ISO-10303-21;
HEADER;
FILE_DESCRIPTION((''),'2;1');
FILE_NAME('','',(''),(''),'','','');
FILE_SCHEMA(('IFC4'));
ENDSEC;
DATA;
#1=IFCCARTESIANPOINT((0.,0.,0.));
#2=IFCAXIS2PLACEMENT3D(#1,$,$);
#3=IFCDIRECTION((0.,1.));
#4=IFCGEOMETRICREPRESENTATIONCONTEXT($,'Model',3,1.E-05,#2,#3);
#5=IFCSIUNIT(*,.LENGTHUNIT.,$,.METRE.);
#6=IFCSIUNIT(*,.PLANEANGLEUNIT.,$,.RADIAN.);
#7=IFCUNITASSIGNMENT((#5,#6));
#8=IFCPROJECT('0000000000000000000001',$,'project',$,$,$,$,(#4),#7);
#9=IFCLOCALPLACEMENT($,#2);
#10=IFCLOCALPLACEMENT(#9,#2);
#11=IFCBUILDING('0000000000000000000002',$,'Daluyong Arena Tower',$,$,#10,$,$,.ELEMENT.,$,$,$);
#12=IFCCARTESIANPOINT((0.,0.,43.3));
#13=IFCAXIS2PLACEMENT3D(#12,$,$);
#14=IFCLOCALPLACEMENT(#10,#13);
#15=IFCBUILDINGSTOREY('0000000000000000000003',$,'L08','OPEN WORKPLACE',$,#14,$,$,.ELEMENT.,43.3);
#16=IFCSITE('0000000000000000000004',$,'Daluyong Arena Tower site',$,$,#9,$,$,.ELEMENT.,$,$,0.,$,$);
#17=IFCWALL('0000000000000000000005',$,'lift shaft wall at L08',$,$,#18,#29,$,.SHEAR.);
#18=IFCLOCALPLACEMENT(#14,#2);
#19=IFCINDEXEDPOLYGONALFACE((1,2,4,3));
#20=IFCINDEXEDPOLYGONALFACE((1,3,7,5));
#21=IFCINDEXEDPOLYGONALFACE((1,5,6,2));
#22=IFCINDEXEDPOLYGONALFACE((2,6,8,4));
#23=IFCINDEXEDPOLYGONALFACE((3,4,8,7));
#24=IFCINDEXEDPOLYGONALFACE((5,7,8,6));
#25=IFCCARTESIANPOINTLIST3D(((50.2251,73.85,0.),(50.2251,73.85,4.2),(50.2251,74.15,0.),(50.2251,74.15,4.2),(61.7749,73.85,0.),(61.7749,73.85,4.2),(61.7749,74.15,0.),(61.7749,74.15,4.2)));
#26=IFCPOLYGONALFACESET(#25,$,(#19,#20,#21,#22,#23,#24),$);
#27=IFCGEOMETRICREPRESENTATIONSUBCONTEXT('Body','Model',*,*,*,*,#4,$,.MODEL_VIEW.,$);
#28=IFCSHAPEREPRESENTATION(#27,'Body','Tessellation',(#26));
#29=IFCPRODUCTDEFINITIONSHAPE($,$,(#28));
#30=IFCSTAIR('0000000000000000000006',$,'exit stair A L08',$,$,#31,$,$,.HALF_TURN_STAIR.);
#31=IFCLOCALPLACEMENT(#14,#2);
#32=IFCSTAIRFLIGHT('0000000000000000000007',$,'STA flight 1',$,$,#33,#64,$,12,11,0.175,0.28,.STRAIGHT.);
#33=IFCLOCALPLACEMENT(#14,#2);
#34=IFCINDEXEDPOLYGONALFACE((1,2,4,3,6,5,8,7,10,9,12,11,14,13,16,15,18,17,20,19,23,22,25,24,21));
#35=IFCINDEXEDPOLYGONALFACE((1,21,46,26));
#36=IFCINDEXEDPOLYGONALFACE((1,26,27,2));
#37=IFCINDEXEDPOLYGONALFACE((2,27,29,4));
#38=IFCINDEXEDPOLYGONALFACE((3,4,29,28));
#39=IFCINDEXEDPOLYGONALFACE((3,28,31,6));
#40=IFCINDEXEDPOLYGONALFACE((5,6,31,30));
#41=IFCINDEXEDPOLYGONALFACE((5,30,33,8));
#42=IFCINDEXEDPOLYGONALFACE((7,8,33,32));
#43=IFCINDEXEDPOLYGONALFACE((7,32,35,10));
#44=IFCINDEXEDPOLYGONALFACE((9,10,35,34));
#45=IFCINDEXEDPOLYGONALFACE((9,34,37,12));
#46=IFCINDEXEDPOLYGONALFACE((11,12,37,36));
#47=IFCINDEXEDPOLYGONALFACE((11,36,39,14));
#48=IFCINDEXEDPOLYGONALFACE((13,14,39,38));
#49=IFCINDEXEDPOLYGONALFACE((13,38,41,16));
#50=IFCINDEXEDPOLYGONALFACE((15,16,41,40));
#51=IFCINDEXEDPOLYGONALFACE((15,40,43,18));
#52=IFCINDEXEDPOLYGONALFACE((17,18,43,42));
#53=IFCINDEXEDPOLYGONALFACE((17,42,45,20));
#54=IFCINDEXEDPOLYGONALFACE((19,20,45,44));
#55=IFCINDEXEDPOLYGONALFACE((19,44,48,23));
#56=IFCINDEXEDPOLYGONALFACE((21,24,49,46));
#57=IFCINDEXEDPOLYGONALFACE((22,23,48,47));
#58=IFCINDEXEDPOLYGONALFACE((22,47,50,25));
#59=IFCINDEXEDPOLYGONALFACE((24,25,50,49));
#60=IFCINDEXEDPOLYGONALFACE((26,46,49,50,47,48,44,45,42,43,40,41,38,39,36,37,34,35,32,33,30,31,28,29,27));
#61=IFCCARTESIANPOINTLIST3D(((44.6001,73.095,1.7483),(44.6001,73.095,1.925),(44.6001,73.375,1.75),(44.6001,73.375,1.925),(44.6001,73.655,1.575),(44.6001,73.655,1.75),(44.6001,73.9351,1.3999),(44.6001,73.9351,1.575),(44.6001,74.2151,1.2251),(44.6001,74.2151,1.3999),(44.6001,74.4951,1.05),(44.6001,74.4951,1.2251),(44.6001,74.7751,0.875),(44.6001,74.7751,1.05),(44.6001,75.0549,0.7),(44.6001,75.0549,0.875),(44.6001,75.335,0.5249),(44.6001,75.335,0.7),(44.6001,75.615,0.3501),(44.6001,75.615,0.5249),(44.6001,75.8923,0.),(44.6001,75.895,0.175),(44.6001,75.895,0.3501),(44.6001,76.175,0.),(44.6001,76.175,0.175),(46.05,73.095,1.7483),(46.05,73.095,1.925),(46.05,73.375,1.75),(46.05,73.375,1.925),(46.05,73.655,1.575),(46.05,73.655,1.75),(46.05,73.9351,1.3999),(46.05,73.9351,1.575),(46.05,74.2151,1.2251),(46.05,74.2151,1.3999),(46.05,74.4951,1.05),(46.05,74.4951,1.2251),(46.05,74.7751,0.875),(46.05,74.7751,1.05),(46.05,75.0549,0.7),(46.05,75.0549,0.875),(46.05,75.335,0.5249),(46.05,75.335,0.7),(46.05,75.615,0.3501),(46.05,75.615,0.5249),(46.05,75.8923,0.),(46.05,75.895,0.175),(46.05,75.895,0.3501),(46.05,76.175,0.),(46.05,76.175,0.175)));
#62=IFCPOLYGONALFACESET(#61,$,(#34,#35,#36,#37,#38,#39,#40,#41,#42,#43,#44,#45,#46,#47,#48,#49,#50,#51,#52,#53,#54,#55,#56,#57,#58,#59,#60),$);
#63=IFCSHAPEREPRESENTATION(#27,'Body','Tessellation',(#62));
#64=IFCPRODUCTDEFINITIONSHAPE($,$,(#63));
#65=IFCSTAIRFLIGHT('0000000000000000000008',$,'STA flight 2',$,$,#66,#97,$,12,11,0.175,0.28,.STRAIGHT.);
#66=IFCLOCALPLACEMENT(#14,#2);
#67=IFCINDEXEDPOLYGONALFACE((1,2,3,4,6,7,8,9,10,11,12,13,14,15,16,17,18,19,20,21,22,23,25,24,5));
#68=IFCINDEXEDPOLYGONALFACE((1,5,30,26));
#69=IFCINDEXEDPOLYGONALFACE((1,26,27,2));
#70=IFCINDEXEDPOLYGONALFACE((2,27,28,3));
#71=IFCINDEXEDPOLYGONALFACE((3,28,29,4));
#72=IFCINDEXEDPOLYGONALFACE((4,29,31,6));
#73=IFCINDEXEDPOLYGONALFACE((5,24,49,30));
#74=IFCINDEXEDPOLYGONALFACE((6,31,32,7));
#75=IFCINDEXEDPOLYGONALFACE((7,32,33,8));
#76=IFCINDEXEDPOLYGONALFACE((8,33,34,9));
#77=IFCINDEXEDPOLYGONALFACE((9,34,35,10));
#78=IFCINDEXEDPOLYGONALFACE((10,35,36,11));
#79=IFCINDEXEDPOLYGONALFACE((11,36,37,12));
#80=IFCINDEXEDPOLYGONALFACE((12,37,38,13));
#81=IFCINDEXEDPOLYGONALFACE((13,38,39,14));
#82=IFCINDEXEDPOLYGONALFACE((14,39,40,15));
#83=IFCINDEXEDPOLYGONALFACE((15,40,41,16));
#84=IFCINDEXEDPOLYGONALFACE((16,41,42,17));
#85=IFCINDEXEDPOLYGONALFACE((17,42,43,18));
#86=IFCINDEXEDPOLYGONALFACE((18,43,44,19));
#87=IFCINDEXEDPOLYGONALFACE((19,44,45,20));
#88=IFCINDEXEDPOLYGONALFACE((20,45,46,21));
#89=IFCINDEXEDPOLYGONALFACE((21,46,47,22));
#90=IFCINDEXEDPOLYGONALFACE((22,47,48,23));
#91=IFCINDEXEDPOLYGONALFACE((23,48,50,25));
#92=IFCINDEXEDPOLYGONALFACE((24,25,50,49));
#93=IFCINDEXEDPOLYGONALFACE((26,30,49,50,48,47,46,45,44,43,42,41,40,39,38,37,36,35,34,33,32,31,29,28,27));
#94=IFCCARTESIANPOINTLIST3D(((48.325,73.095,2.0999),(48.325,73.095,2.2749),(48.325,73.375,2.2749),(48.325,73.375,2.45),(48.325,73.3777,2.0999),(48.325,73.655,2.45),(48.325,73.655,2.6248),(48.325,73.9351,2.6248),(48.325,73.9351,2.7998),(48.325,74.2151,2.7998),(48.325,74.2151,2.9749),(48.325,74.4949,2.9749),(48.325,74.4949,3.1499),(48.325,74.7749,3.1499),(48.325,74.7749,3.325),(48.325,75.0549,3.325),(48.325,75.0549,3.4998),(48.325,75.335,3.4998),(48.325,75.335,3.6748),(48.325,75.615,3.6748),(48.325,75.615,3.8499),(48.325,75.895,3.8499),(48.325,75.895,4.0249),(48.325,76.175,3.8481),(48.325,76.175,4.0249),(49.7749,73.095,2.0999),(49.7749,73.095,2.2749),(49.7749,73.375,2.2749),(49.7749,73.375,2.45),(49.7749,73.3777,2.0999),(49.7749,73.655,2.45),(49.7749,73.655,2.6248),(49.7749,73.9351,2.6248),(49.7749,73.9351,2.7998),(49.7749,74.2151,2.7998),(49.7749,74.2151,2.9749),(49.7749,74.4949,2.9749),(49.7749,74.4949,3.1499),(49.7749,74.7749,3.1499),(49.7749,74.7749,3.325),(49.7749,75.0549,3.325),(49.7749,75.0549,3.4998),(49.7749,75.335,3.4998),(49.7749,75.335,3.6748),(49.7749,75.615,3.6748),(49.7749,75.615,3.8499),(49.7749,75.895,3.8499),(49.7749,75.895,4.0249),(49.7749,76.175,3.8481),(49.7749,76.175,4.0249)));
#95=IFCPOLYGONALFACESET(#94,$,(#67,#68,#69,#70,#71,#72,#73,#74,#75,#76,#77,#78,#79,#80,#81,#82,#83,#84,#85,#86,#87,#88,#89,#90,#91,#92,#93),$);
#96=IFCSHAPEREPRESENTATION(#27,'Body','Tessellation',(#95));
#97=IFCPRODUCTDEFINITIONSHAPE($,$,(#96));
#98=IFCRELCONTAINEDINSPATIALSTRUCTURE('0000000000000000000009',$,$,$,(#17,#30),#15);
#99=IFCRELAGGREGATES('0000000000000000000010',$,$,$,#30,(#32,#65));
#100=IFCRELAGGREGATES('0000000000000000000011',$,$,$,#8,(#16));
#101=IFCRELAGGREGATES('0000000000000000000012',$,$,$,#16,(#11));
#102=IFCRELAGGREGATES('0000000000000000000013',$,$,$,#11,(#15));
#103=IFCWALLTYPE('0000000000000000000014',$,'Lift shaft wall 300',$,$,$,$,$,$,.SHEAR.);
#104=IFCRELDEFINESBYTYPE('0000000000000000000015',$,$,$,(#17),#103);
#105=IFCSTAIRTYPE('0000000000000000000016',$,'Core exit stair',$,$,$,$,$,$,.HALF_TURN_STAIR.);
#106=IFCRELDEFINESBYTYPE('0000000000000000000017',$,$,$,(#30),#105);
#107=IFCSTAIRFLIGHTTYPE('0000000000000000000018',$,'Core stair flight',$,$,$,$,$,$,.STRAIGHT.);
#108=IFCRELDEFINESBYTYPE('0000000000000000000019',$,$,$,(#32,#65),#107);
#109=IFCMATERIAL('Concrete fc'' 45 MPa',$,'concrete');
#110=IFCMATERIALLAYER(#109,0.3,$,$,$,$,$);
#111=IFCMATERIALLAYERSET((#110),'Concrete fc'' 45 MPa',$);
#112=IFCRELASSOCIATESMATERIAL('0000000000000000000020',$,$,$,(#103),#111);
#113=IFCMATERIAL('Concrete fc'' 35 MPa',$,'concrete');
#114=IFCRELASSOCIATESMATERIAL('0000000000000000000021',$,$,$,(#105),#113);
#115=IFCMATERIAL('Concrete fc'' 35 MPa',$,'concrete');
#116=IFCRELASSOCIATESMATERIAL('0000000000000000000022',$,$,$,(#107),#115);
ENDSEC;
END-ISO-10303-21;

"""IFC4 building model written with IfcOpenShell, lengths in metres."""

from ifc_helpers import new_model, si_unit, direction, frame, frame_2d, origin, place, context, subcontext, project, spatial, polyline, rectangle, outline, extrude, material, layer, layer_set, type_object, element, aggregate, save


model = new_model("IFC4")

# Units and contexts
model_context = context("Model", 3, precision=1e-05, world=origin(), true_north=direction((0.0, 1.0)))
body_context = subcontext(model_context, "Body", "Model", "MODEL_VIEW")
ifc_project = project(units=[si_unit("LENGTHUNIT", "METRE"), si_unit("PLANEANGLEUNIT", "RADIAN")], contexts=[model_context])

# Site, building, storey
site_placement = place(None, origin())
site = spatial("IfcSite", under=ifc_project, at=site_placement, Name="Daluyong Arena Tower site", CompositionType="ELEMENT", RefElevation=0.0)
building_placement = place(site_placement, origin())
building = spatial("IfcBuilding", under=site, at=building_placement, Name="Daluyong Arena Tower", CompositionType="ELEMENT")
storey_placement = place(building_placement, frame((0.0, 0.0, 43.3)))
storey = spatial("IfcBuildingStorey", under=building, at=storey_placement, Name="L08", Description="OPEN WORKPLACE", CompositionType="ELEMENT", Elevation=43.3)

# Wall
ifc_material_1 = material(Name="Concrete fc' 45 MPa", Category="concrete")
ifc_layer_1 = layer(ifc_material_1, 0.3)
ifc_layer_set_1 = layer_set([ifc_layer_1], Name="Concrete fc' 45 MPa")
wall_type_1 = type_object("IfcWallType", Name="Lift shaft wall 300", PredefinedType="SHEAR", material=ifc_layer_set_1)
wall_1_placement = place(storey_placement, frame((50.2251, 74.0, 0.0), z_axis=(0.0, 0.0, 1.0), x_axis=(1.0, 0.0, 0.0)))
element("IfcWall", 1, at=wall_1_placement, inside=storey, type_object=wall_type_1, Name="lift shaft wall at L08", PredefinedType="SHEAR", context=body_context, shape_type="SweptSolid", body=[
    extrude(rectangle(XDim=11.5498, YDim=0.3, at=frame_2d((5.7749, 0.0))), origin(), (0.0, 0.0, 1.0), 4.2),
])

# Stair, stair flights
ifc_material_2 = material(Name="Concrete fc' 35 MPa", Category="concrete")
stair_type = type_object("IfcStairType", Name="Core exit stair", PredefinedType="HALF_TURN_STAIR", material=ifc_material_2)
stair_placement = place(storey_placement, origin())
stair = element("IfcStair", 2, at=stair_placement, inside=storey, type_object=stair_type, Name="exit stair A L08", PredefinedType="HALF_TURN_STAIR")
ifc_material_3 = material(Name="Concrete fc' 35 MPa", Category="concrete")
stair_flight_type = type_object("IfcStairFlightType", Name="Core stair flight", PredefinedType="STRAIGHT", material=ifc_material_3)
stair_flight_1_placement = place(storey_placement, frame((45.325, 76.175, 0.0), z_axis=(0.0, 0.0, 1.0), x_axis=(0.0, -1.0, 0.0)))
stair_flight_1 = element("IfcStairFlight", 3, at=stair_flight_1_placement, type_object=stair_flight_type, Name="STA flight 1", NumberOfRisers=12, NumberOfTreads=11, PredefinedType="STRAIGHT", RiserHeight=0.175, TreadLength=0.28, context=body_context, shape_type="SweptSolid", body=[
    extrude(outline(polyline([(0.0, 0.0), (0.0, 0.175), (0.28, 0.175), (0.28, 0.3501), (0.5601, 0.3501), (0.5601, 0.5249), (0.8401, 0.5249), (0.8401, 0.7), (1.1201, 0.7), (1.1201, 0.875), (1.3999, 0.875), (1.3999, 1.05), (1.6799, 1.05), (1.6799, 1.2251), (1.96, 1.2251), (1.96, 1.3999), (2.24, 1.3999), (2.24, 1.575), (2.52, 1.575), (2.52, 1.75), (2.8, 1.75), (2.8, 1.925), (3.0801, 1.925), (3.0801, 2.1001), (3.0801, 1.7483), (0.2827, 0.0), (0.0, 0.0)])), frame((0.0, 0.7251, 0.0), z_axis=(0.0, -1.0, 0.0), x_axis=(1.0, 0.0, 0.0)), (0.0, 0.0, 1.0), 1.45),
])
stair_flight_2_placement = place(storey_placement, frame((49.05, 73.095, 2.0999), z_axis=(0.0, 0.0, 1.0), x_axis=(0.0, 1.0, 0.0)))
stair_flight_2 = element("IfcStairFlight", 4, at=stair_flight_2_placement, type_object=stair_flight_type, Name="STA flight 2", NumberOfRisers=12, NumberOfTreads=11, PredefinedType="STRAIGHT", RiserHeight=0.175, TreadLength=0.28, context=body_context, shape_type="SweptSolid", body=[
    extrude(outline(polyline([(0.0, 0.0), (0.0, 0.175), (0.28, 0.175), (0.28, 0.3501), (0.5601, 0.3501), (0.5601, 0.5249), (0.8401, 0.5249), (0.8401, 0.7), (1.1201, 0.7), (1.1201, 0.875), (1.3999, 0.875), (1.3999, 1.05), (1.6799, 1.05), (1.6799, 1.2251), (1.96, 1.2251), (1.96, 1.3999), (2.24, 1.3999), (2.24, 1.575), (2.52, 1.575), (2.52, 1.75), (2.8, 1.75), (2.8, 1.925), (3.0801, 1.925), (3.0801, 2.1001), (3.0801, 1.7483), (0.2827, 0.0), (0.0, 0.0)])), frame((0.0, 0.7251, 0.0), z_axis=(0.0, -1.0, 0.0), x_axis=(1.0, 0.0, 0.0)), (0.0, 0.0, 1.0), 1.45),
])
aggregate(stair, [stair_flight_1, stair_flight_2])

save(model, "model.ifc")
